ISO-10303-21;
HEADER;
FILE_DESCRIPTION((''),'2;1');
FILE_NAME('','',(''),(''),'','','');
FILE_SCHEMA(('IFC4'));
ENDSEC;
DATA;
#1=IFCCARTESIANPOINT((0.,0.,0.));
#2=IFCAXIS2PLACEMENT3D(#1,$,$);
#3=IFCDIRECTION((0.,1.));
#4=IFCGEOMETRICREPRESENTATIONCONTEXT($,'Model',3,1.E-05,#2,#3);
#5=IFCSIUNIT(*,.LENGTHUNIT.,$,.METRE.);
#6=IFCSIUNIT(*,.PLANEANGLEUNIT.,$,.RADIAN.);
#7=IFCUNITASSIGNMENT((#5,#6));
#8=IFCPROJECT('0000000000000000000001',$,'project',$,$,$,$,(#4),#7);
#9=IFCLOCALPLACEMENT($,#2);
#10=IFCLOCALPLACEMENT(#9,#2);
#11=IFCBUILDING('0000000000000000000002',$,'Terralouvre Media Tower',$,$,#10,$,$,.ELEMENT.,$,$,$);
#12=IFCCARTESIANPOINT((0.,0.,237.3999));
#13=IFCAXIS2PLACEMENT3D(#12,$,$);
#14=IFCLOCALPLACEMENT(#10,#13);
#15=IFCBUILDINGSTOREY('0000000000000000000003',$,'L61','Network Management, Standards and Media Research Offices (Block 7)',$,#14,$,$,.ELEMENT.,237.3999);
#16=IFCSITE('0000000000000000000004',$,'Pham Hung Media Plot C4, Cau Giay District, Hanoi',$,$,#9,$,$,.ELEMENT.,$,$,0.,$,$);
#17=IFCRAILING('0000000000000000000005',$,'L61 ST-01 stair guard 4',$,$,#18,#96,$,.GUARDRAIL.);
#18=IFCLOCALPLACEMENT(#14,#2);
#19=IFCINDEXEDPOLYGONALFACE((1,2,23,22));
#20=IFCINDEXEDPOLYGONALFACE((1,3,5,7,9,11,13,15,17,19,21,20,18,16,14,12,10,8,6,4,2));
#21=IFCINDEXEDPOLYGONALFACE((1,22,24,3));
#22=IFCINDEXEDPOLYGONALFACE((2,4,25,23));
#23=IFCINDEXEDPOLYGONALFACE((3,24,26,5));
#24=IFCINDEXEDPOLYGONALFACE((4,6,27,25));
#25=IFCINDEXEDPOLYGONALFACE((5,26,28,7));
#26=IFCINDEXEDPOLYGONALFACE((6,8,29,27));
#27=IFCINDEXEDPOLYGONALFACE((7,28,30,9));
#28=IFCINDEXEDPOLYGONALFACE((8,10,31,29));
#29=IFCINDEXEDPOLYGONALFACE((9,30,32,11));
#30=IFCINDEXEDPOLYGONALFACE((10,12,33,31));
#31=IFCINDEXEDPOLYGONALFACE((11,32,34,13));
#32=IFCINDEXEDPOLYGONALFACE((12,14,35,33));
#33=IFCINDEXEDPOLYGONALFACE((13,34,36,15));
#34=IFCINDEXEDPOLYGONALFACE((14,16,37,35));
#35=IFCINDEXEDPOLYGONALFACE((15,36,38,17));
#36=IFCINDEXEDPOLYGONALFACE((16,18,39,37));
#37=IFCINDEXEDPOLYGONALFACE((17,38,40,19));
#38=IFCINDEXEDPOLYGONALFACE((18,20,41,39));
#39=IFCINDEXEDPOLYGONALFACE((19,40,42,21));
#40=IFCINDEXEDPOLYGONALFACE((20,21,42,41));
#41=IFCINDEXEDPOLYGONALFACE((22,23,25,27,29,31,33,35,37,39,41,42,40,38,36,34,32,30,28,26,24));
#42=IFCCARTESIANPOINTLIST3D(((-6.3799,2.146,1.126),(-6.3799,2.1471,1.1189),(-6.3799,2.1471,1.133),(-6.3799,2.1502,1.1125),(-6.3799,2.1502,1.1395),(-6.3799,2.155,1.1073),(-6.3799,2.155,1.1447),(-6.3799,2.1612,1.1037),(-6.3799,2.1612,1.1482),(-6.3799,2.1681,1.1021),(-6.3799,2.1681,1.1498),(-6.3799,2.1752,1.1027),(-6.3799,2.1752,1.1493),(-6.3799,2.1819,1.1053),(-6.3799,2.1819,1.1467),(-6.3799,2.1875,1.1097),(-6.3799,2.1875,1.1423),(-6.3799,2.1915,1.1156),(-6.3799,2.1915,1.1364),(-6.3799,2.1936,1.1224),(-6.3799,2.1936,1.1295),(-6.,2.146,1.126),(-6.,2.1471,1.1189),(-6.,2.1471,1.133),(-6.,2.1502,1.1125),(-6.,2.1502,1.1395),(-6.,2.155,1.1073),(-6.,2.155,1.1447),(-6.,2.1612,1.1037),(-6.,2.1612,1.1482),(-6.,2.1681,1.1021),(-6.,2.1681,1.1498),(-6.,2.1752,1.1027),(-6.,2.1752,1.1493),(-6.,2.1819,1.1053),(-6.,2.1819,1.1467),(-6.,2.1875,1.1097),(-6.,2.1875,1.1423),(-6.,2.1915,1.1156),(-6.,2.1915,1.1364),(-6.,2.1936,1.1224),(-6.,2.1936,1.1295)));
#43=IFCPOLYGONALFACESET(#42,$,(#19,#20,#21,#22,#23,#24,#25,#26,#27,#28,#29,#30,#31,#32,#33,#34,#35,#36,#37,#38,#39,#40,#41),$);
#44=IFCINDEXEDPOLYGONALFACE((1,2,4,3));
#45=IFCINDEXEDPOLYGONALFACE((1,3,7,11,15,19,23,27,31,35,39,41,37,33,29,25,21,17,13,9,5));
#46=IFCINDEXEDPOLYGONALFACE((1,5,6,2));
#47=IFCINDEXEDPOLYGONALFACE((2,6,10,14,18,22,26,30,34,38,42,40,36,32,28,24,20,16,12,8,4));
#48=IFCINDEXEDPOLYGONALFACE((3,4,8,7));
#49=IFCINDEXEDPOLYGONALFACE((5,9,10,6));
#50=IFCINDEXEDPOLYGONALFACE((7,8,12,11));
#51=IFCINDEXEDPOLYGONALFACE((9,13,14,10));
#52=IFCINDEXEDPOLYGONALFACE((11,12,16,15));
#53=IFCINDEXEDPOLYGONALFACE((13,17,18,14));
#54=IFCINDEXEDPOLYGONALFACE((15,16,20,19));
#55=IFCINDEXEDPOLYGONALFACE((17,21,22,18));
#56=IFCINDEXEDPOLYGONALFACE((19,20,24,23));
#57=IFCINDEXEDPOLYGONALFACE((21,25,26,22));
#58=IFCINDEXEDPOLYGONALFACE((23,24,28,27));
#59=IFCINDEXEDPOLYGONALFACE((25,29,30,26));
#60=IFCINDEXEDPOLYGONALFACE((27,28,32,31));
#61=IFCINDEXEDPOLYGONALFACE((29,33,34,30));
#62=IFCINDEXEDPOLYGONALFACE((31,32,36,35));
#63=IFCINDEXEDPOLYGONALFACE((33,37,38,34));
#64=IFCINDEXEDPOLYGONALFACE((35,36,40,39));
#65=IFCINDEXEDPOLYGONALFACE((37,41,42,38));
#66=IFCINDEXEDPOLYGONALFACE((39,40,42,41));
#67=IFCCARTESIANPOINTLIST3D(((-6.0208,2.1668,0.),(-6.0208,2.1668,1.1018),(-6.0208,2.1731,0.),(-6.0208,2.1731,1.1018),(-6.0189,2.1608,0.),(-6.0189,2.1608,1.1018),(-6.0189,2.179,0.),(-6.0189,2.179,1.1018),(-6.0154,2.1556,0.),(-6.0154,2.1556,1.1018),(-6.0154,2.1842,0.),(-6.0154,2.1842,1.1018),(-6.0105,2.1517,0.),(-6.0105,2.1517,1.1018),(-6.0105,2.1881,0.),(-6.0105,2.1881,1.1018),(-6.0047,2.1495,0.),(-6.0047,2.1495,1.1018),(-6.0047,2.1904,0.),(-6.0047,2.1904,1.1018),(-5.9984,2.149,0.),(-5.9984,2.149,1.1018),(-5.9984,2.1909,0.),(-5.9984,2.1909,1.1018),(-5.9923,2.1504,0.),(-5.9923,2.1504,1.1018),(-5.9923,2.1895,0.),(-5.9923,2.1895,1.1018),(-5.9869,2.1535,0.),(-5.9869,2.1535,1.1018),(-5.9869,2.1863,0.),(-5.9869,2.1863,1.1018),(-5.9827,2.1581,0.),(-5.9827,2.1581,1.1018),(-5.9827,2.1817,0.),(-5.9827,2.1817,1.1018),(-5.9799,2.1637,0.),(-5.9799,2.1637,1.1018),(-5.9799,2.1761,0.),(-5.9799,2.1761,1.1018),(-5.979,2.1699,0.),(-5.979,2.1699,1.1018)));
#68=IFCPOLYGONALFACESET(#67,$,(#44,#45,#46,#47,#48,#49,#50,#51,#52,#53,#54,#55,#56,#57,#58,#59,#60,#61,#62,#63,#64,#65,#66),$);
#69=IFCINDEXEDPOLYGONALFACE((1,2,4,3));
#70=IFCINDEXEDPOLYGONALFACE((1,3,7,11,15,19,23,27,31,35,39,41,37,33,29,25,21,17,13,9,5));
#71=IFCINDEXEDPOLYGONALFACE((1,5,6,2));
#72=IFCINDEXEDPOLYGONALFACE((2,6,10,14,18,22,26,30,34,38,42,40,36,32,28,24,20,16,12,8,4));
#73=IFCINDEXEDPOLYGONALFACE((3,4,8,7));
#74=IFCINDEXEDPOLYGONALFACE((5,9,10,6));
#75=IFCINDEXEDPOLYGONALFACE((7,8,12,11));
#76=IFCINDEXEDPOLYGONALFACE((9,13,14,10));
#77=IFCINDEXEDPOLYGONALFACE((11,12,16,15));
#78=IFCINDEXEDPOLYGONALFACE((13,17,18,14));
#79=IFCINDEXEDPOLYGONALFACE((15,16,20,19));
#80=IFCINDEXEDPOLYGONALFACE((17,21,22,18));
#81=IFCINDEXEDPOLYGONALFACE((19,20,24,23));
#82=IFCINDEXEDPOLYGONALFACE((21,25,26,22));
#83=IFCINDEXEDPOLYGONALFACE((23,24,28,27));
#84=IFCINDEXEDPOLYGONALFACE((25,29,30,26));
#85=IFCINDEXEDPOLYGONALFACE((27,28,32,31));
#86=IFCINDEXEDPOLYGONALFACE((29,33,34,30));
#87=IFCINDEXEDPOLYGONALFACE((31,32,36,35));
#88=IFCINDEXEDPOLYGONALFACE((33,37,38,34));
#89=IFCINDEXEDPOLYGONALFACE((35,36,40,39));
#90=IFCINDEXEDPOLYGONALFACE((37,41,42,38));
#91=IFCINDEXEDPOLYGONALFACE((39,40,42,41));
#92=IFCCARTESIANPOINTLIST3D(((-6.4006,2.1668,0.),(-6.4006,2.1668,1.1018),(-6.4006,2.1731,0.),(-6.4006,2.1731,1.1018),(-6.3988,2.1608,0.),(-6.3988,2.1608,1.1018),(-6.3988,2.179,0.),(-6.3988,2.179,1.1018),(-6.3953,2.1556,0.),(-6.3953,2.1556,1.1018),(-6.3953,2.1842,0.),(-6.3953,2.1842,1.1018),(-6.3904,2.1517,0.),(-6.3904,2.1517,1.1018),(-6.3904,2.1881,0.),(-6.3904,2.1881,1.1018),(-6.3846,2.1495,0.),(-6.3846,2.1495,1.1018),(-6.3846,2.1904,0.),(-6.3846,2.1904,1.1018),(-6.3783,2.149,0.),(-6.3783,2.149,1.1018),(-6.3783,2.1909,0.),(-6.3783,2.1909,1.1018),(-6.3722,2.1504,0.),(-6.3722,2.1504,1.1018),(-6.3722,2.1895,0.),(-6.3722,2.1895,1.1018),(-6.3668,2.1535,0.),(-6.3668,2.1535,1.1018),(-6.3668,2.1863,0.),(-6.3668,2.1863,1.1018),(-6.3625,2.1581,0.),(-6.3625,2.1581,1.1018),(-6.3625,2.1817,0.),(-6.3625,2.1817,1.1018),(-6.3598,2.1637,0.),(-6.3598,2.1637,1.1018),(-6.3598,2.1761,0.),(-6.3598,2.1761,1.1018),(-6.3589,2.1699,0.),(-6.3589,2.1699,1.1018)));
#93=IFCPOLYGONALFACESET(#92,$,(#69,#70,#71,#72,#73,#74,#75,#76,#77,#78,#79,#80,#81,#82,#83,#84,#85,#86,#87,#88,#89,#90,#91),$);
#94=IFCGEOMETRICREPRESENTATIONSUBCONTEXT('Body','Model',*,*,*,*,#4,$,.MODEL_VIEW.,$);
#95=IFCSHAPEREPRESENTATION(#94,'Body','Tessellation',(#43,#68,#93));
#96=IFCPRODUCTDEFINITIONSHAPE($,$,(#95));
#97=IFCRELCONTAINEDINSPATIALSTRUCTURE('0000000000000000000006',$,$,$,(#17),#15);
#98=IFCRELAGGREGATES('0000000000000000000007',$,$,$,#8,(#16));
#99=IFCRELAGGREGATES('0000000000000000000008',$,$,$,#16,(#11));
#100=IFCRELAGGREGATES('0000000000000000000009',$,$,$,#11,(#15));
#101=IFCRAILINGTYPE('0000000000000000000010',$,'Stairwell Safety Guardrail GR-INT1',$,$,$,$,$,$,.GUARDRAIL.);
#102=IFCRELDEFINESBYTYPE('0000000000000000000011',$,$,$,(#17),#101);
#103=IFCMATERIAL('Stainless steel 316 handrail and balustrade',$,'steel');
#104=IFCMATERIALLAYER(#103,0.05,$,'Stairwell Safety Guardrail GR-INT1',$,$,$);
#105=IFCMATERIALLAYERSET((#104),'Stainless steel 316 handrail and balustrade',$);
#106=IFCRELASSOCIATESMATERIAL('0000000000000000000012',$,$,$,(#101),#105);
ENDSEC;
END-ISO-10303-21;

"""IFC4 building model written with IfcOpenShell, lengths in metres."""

from ifc_helpers import new_model, si_unit, direction, frame, origin, origin_2d, place, context, subcontext, project, spatial, circle, extrude, material, layer, layer_set, type_object, element, save


model = new_model("IFC4")

# Units and contexts
model_context = context("Model", 3, precision=1e-05, world=origin(), true_north=direction((0.0, 1.0)))
body_context = subcontext(model_context, "Body", "Model", "MODEL_VIEW")
ifc_project = project(units=[si_unit("LENGTHUNIT", "METRE"), si_unit("PLANEANGLEUNIT", "RADIAN")], contexts=[model_context])

# Site, building, storey
site_placement = place(None, origin())
site = spatial("IfcSite", under=ifc_project, at=site_placement, Name="Pham Hung Media Plot C4, Cau Giay District, Hanoi", CompositionType="ELEMENT", RefElevation=0.0)
building_placement = place(site_placement, origin())
building = spatial("IfcBuilding", under=site, at=building_placement, Name="Terralouvre Media Tower", CompositionType="ELEMENT")
storey_placement = place(building_placement, frame((0.0, 0.0, 237.3999)))
storey = spatial("IfcBuildingStorey", under=building, at=storey_placement, Name="L61", Description="Network Management, Standards and Media Research Offices (Block 7)", CompositionType="ELEMENT", Elevation=237.3999)

# Railing
ifc_material_1 = material(Name="Stainless steel 316 handrail and balustrade", Category="steel")
ifc_layer_1 = layer(ifc_material_1, 0.05, Name="Stairwell Safety Guardrail GR-INT1")
ifc_layer_set_1 = layer_set([ifc_layer_1], Name="Stainless steel 316 handrail and balustrade")
railing_type_1 = type_object("IfcRailingType", Name="Stairwell Safety Guardrail GR-INT1", PredefinedType="GUARDRAIL", material=ifc_layer_set_1)
railing_1_placement = place(storey_placement, frame((-6.0, 2.1699, 0.0)))
element("IfcRailing", 1, at=railing_1_placement, inside=storey, type_object=railing_type_1, Name="L61 ST-01 stair guard 4", PredefinedType="GUARDRAIL", context=body_context, shape_type="SweptSolid", body=[
    extrude(circle(Radius=0.0239, at=origin_2d()), frame((0.0, 0.0, 1.126), z_axis=(-1.0, 0.0, 0.0), x_axis=(0.0, -1.0, 0.0)), (0.0, 0.0, 1.0), 0.3799),
    extrude(circle(Radius=0.021, at=origin_2d()), origin(), (0.0, 0.0, 1.0), 1.1018),
    extrude(circle(Radius=0.021, at=origin_2d()), frame((-0.3799, 0.0, 0.0)), (0.0, 0.0, 1.0), 1.1018),
])

save(model, "model.ifc")
